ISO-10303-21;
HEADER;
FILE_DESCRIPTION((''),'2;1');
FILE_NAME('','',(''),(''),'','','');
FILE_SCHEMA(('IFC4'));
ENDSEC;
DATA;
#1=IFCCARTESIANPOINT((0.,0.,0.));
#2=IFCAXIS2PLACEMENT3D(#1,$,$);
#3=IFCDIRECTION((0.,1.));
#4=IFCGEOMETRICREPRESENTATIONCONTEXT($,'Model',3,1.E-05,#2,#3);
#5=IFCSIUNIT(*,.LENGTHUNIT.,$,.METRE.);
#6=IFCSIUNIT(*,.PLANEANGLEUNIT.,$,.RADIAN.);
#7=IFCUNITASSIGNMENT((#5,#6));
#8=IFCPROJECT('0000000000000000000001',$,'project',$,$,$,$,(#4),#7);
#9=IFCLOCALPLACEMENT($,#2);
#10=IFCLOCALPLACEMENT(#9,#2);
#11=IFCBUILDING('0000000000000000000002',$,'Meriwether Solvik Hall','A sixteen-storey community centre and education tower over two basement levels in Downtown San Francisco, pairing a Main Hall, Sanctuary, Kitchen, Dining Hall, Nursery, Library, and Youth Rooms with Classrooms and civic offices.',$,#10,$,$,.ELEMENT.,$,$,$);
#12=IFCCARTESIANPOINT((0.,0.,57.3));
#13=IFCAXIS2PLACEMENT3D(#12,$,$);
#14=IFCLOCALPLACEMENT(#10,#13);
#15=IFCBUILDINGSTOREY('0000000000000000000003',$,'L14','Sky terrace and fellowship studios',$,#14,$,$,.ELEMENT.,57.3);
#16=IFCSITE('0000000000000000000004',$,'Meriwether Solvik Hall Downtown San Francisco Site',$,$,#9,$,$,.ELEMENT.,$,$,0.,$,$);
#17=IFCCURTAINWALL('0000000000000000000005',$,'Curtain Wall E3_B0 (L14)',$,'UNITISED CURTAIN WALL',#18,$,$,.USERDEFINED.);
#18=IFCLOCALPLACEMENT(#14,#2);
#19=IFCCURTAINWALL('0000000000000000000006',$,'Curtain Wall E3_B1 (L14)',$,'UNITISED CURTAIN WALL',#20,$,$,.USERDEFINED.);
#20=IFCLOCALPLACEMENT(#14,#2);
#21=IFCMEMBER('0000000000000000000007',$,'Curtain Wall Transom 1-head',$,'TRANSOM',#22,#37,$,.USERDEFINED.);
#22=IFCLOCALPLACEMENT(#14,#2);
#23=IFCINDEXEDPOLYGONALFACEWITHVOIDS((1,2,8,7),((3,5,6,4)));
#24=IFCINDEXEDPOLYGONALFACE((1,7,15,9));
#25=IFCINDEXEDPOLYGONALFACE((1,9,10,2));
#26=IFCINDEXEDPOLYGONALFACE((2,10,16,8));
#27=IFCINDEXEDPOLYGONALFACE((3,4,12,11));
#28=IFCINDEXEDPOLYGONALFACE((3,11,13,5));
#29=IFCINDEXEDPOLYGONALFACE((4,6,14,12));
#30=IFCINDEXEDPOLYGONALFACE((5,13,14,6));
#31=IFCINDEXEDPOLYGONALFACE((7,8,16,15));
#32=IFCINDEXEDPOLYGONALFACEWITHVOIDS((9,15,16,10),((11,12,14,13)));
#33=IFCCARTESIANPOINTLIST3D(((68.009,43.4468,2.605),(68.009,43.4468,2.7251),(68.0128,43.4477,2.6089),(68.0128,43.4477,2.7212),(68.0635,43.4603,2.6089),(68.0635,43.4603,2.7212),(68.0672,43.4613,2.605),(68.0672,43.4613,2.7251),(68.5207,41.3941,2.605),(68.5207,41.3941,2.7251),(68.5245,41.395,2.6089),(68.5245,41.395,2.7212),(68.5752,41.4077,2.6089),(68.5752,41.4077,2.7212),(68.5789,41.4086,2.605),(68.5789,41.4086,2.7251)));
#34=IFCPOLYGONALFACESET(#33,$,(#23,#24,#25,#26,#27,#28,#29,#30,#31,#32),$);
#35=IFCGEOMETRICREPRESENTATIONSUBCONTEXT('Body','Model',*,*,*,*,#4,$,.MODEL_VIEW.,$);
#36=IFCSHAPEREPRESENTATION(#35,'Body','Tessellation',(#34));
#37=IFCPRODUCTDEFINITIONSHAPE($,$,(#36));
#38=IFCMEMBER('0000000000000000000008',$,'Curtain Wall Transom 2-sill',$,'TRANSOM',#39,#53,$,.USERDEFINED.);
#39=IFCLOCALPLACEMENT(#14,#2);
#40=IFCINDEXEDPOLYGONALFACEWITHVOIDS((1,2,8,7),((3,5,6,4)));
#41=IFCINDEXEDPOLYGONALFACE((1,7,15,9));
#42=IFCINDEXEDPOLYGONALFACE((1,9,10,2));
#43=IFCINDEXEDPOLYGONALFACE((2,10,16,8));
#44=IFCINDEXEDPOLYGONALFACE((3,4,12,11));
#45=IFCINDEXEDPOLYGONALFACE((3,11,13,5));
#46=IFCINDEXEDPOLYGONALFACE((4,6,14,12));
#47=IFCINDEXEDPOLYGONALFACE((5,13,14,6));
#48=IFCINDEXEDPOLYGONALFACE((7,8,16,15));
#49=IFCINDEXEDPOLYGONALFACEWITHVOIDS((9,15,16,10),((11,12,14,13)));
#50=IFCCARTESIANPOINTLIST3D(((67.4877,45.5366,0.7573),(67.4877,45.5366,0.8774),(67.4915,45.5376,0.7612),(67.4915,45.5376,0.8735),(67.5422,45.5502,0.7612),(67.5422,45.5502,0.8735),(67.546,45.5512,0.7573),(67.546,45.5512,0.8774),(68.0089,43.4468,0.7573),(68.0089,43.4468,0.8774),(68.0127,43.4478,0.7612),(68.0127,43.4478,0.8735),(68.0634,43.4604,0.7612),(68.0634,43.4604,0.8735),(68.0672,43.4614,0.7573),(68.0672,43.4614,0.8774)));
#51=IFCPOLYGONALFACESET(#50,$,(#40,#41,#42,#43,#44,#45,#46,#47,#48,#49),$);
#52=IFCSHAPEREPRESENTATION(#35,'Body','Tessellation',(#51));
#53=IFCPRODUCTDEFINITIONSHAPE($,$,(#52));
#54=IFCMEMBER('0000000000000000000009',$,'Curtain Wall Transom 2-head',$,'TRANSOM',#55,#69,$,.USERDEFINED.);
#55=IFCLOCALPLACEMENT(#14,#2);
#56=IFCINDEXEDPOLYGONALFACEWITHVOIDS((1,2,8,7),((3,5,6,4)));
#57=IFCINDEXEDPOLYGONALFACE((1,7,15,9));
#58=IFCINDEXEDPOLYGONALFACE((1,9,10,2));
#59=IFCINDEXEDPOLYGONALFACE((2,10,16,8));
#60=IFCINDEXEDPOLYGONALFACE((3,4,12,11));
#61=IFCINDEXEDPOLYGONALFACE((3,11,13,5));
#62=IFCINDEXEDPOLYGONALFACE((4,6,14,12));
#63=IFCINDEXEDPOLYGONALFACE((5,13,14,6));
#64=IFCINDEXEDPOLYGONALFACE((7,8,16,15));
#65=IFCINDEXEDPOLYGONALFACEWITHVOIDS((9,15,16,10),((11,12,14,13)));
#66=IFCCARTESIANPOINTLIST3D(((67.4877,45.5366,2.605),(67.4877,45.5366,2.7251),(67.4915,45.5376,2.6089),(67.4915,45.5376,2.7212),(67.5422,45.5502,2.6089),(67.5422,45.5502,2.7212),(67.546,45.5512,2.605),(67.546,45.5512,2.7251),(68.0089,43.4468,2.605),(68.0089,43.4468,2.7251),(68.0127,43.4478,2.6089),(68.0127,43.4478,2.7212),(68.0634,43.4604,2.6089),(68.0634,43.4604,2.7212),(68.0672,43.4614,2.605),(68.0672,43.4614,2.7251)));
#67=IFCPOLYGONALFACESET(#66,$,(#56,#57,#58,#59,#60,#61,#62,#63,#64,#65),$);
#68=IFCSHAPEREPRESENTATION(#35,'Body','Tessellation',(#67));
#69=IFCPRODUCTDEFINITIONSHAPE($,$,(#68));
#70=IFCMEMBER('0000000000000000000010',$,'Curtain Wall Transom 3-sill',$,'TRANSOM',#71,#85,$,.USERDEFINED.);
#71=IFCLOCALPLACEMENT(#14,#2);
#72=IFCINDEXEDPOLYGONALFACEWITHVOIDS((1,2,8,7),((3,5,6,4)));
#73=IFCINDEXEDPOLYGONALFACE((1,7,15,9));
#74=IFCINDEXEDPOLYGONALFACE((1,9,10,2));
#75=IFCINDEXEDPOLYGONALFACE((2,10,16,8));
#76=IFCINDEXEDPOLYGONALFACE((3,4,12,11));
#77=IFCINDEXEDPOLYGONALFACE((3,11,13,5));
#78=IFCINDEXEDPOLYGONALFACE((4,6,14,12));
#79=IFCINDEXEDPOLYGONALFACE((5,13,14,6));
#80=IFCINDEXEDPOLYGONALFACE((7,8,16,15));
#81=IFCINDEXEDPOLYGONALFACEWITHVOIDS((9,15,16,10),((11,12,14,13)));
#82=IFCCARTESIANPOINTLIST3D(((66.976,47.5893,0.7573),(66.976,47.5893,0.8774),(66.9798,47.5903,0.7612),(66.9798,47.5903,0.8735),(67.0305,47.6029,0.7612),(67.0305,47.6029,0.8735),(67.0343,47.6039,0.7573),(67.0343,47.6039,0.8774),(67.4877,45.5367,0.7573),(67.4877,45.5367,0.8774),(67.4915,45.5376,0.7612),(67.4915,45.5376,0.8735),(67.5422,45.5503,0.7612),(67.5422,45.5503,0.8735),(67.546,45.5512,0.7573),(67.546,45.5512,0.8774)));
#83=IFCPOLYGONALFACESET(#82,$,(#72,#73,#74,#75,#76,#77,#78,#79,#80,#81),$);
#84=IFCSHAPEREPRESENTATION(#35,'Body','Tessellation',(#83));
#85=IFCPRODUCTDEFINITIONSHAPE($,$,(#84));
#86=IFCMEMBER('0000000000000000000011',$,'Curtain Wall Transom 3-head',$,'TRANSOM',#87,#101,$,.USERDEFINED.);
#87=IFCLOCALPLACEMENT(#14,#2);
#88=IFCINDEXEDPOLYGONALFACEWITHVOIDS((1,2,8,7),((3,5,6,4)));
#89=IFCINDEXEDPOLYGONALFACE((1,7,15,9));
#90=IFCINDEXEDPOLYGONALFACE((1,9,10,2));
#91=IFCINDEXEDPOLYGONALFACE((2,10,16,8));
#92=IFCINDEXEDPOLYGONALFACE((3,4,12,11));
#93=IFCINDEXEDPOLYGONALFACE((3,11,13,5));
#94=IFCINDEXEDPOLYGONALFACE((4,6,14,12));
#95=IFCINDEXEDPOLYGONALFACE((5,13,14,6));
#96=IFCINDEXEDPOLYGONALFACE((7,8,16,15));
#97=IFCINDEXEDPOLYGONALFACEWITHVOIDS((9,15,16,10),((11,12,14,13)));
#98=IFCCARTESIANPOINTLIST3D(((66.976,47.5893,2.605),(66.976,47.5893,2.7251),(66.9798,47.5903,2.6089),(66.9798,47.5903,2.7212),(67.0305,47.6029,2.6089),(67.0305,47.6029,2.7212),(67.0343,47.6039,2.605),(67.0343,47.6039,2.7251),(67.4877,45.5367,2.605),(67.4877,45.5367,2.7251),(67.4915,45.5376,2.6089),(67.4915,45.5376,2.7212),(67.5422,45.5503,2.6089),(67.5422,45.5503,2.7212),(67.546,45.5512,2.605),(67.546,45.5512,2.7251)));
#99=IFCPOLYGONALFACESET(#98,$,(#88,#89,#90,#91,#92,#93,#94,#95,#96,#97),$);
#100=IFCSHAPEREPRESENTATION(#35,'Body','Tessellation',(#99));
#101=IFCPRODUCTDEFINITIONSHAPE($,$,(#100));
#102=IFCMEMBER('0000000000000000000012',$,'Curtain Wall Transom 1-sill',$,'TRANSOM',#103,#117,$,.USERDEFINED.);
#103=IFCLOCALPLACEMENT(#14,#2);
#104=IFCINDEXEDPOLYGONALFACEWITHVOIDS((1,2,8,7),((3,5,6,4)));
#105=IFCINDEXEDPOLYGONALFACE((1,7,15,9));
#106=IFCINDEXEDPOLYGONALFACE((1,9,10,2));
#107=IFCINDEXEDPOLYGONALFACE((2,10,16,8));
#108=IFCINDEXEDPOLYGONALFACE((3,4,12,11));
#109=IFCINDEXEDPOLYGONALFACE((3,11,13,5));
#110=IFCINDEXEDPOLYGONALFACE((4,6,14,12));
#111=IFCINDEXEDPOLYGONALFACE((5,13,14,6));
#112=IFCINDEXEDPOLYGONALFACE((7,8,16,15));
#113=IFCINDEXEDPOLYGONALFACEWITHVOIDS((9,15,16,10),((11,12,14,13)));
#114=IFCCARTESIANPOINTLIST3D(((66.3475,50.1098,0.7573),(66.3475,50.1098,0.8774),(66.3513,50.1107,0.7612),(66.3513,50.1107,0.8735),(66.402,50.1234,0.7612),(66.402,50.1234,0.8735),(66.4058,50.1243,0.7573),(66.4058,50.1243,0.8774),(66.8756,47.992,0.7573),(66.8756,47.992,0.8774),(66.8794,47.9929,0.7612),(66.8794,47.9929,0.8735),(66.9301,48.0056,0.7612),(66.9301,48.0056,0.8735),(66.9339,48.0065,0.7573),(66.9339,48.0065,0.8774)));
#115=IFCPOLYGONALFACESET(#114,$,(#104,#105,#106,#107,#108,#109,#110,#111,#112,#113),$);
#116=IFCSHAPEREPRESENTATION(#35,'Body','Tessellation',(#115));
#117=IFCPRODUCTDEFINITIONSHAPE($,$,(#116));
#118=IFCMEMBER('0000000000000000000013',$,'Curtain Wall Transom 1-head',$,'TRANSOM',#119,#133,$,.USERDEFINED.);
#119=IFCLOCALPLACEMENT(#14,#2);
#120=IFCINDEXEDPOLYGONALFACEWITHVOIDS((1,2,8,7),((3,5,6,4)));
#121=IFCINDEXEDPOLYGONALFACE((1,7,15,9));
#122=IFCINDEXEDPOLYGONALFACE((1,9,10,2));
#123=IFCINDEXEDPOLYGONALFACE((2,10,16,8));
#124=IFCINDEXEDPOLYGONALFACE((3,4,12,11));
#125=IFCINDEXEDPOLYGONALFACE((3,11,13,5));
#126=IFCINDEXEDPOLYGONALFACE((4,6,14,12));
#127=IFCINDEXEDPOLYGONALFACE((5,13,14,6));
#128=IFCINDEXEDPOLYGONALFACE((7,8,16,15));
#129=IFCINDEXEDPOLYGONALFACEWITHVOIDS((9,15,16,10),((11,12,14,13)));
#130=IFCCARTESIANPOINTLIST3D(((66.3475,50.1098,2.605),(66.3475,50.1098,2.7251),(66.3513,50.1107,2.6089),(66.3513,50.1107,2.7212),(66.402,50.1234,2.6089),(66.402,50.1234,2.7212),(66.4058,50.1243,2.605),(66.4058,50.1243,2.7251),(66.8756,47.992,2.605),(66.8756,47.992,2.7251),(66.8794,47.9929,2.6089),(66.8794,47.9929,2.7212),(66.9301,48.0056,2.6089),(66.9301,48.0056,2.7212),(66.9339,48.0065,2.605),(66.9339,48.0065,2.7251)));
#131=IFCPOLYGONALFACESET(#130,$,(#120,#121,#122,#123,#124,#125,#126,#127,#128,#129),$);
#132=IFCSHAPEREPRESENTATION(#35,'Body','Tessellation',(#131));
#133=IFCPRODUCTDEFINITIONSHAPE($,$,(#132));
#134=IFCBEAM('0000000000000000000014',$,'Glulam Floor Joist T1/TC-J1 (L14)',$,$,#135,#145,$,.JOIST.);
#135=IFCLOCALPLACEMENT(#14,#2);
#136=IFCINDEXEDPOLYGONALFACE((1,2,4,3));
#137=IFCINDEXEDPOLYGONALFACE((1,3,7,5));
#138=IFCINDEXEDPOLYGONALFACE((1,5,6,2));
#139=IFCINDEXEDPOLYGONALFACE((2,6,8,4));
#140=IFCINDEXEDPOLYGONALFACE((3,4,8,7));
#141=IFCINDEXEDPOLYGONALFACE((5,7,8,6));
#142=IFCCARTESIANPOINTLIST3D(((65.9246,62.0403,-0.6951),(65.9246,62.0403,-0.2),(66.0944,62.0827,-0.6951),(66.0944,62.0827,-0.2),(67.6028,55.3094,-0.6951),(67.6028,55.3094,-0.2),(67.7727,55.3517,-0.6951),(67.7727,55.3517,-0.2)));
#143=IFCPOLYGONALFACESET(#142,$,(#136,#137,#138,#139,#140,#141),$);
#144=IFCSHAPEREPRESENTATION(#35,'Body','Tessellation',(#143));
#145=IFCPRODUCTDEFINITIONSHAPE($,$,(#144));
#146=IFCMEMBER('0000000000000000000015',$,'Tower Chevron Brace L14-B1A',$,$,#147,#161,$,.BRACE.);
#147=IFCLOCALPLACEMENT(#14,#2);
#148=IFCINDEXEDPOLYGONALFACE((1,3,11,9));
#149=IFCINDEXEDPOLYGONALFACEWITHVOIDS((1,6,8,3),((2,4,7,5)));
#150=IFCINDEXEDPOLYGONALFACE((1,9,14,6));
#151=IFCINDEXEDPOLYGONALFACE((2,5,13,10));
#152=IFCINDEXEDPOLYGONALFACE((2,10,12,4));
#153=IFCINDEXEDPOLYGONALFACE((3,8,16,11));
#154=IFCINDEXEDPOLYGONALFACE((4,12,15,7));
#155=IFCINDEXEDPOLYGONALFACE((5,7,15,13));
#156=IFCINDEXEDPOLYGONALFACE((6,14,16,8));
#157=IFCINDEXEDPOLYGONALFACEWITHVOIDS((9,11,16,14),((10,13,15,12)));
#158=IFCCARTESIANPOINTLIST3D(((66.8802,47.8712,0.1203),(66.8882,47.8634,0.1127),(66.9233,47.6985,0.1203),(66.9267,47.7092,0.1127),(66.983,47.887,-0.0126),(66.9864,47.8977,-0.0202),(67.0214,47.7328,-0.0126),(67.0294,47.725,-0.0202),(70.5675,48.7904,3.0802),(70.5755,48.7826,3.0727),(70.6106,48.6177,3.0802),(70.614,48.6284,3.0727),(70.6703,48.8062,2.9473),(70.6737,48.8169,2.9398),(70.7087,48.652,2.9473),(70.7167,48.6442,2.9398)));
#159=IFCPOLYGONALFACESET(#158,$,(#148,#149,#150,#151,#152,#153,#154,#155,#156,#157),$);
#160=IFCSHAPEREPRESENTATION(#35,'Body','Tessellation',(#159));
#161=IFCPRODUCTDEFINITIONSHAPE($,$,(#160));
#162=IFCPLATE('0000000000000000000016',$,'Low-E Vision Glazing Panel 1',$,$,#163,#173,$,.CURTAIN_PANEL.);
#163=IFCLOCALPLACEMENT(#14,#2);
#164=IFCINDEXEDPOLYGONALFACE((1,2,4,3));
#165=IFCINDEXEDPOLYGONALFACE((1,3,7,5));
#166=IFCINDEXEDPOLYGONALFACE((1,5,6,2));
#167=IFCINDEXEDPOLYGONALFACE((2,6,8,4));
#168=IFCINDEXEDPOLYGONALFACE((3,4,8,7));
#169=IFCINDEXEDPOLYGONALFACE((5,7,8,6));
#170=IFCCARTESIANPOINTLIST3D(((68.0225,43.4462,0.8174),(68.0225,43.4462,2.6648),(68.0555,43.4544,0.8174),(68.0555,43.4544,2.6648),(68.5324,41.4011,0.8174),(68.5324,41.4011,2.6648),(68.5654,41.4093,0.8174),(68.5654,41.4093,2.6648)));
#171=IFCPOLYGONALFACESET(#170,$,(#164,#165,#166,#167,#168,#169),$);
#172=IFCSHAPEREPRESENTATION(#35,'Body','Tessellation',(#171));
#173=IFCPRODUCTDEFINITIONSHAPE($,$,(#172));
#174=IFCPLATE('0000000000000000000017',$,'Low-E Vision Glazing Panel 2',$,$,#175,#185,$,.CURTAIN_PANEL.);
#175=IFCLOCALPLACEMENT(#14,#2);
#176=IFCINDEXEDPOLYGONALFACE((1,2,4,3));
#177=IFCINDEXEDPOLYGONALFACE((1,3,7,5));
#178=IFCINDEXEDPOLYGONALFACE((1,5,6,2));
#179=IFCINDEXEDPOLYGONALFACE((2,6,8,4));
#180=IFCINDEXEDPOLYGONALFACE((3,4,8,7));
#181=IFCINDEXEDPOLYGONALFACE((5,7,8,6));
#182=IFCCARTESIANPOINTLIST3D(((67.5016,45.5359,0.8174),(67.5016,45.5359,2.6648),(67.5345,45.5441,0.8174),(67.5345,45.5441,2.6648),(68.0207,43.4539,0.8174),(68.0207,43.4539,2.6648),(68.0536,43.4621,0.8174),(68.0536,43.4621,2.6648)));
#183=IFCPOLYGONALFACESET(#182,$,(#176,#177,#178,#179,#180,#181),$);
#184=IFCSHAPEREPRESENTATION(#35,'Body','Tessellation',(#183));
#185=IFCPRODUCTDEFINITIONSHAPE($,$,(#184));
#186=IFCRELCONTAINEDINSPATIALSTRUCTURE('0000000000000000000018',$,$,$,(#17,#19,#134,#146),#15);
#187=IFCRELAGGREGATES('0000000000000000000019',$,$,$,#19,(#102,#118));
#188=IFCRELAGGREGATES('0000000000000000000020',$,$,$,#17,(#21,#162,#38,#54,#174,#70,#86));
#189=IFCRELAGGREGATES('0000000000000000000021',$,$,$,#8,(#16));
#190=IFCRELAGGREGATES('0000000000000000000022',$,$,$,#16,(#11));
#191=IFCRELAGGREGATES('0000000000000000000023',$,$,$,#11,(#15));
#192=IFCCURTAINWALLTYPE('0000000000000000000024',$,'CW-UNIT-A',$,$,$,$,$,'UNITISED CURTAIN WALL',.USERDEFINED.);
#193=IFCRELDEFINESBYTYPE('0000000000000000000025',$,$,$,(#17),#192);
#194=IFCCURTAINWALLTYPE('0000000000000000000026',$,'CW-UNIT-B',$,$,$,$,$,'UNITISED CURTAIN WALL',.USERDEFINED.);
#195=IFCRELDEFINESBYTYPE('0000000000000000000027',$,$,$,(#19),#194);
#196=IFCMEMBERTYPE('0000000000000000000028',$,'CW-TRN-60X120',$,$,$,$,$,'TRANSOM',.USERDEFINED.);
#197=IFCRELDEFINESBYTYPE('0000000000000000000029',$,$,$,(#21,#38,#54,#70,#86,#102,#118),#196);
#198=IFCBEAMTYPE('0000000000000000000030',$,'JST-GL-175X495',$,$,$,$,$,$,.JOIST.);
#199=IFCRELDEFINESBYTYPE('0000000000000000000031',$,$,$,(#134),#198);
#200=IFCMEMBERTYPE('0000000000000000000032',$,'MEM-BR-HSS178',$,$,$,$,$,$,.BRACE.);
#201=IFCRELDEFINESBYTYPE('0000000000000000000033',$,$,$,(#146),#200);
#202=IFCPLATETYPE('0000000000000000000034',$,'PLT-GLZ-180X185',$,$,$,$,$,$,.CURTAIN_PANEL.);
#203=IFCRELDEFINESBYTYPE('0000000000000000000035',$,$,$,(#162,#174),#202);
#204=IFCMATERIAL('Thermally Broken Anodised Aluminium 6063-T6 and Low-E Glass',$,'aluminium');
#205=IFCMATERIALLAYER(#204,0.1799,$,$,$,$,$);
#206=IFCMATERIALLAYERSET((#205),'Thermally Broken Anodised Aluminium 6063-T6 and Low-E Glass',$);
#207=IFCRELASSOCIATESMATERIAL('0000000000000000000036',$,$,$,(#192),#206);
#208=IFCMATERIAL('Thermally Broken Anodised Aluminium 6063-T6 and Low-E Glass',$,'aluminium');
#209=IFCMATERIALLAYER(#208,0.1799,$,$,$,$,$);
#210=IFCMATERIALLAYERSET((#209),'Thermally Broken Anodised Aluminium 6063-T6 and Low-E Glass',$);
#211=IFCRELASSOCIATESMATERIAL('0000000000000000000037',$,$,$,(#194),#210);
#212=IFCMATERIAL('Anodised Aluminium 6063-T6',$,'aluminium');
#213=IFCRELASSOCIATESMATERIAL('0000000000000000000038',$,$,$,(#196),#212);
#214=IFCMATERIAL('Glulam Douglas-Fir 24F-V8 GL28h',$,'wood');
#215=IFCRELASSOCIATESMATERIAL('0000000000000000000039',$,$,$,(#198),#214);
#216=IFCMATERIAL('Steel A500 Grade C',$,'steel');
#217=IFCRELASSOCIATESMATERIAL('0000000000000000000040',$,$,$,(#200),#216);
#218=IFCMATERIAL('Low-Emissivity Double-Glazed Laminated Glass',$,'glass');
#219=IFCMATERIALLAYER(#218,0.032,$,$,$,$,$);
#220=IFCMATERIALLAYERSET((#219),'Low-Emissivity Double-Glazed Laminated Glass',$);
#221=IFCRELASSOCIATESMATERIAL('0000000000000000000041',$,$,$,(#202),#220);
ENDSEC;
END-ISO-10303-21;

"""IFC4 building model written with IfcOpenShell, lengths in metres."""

from ifc_helpers import new_model, si_unit, direction, frame, origin, origin_2d, place, context, subcontext, project, spatial, rectangle, hollow_rectangle, extrude, material, layer, layer_set, material_profile, profile_set, type_object, element, aggregate, save


model = new_model("IFC4")

# Units and contexts
model_context = context("Model", 3, precision=1e-05, world=origin(), true_north=direction((0.0, 1.0)))
body_context = subcontext(model_context, "Body", "Model", "MODEL_VIEW")
ifc_project = project(units=[si_unit("LENGTHUNIT", "METRE"), si_unit("PLANEANGLEUNIT", "RADIAN")], contexts=[model_context])

# Site, building, storey
site_placement = place(None, origin())
site = spatial("IfcSite", under=ifc_project, at=site_placement, Name="Meriwether Solvik Hall Downtown San Francisco Site", CompositionType="ELEMENT", RefElevation=0.0)
building_placement = place(site_placement, origin())
building = spatial("IfcBuilding", under=site, at=building_placement, Name="Meriwether Solvik Hall", Description="A sixteen-storey community centre and education tower over two basement levels in Downtown San Francisco, pairing a Main Hall, Sanctuary, Kitchen, Dining Hall, Nursery, Library, and Youth Rooms with Classrooms and civic offices.", CompositionType="ELEMENT")
storey_placement = place(building_placement, frame((0.0, 0.0, 57.3)))
storey = spatial("IfcBuildingStorey", under=building, at=storey_placement, Name="L14", Description="Sky terrace and fellowship studios", CompositionType="ELEMENT", Elevation=57.3)

# Curtain wall
ifc_material_1 = material(Name="Thermally Broken Anodised Aluminium 6063-T6 and Low-E Glass", Category="aluminium")
ifc_layer_1 = layer(ifc_material_1, 0.1799)
ifc_layer_set_1 = layer_set([ifc_layer_1], Name="Thermally Broken Anodised Aluminium 6063-T6 and Low-E Glass")
curtain_wall_type_1 = type_object("IfcCurtainWallType", Name="CW-UNIT-A", ElementType="UNITISED CURTAIN WALL", PredefinedType="USERDEFINED", material=ifc_layer_set_1)
curtain_wall_1_placement = place(storey_placement, origin())
curtain_wall_1 = element("IfcCurtainWall", 1, at=curtain_wall_1_placement, inside=storey, type_object=curtain_wall_type_1, Name="Curtain Wall E3_B0 (L14)", ObjectType="UNITISED CURTAIN WALL", PredefinedType="USERDEFINED")

# Curtain wall
ifc_material_2 = material(Name="Thermally Broken Anodised Aluminium 6063-T6 and Low-E Glass", Category="aluminium")
ifc_layer_2 = layer(ifc_material_2, 0.1799)
ifc_layer_set_2 = layer_set([ifc_layer_2], Name="Thermally Broken Anodised Aluminium 6063-T6 and Low-E Glass")
curtain_wall_type_2 = type_object("IfcCurtainWallType", Name="CW-UNIT-B", ElementType="UNITISED CURTAIN WALL", PredefinedType="USERDEFINED", material=ifc_layer_set_2)
curtain_wall_2_placement = place(storey_placement, origin())
curtain_wall_2 = element("IfcCurtainWall", 2, at=curtain_wall_2_placement, inside=storey, type_object=curtain_wall_type_2, Name="Curtain Wall E3_B1 (L14)", ObjectType="UNITISED CURTAIN WALL", PredefinedType="USERDEFINED")

# Members
ifc_material_3 = material(Name="Anodised Aluminium 6063-T6", Category="aluminium")
ifc_material_profile_1 = material_profile(ifc_material_3, hollow_rectangle(XDim=0.0601, YDim=0.1201, WallThickness=0.0039, at=origin_2d()), Name="CWT-60X120")
ifc_profile_set_1 = profile_set([ifc_material_profile_1], Name="Anodised Aluminium 6063-T6")
member_type_1 = type_object("IfcMemberType", Name="CW-TRN-60X120", ElementType="TRANSOM", PredefinedType="USERDEFINED", material=ifc_profile_set_1)
member_1_placement = place(storey_placement, frame((68.5498, 41.4014, 2.665), z_axis=(-0.241884, 0.970305, 0.0), x_axis=(-0.970305, -0.241884, 0.0)))
member_1 = element("IfcMember", 3, at=member_1_placement, type_object=member_type_1, Name="Curtain Wall Transom 1-head", ObjectType="TRANSOM", PredefinedType="USERDEFINED", context=body_context, shape_type="SweptSolid", body=[
    extrude(hollow_rectangle(XDim=0.0601, YDim=0.1201, WallThickness=0.0039, at=origin_2d()), origin(), (0.0, 0.0, 1.0), 2.1155),
])
member_2_placement = place(storey_placement, frame((68.0381, 43.4541, 0.8174), z_axis=(-0.242002, 0.970276, 0.0), x_axis=(-0.970276, -0.242002, 0.0)))
member_2 = element("IfcMember", 4, at=member_2_placement, type_object=member_type_1, Name="Curtain Wall Transom 2-sill", ObjectType="TRANSOM", PredefinedType="USERDEFINED", context=body_context, shape_type="SweptSolid", body=[
    extrude(hollow_rectangle(XDim=0.0601, YDim=0.1201, WallThickness=0.0039, at=origin_2d()), origin(), (0.0, 0.0, 1.0), 2.1538),
])
member_3_placement = place(storey_placement, frame((68.0381, 43.4541, 2.665), z_axis=(-0.242002, 0.970276, 0.0), x_axis=(-0.970276, -0.242002, 0.0)))
member_3 = element("IfcMember", 5, at=member_3_placement, type_object=member_type_1, Name="Curtain Wall Transom 2-head", ObjectType="TRANSOM", PredefinedType="USERDEFINED", context=body_context, shape_type="SweptSolid", body=[
    extrude(hollow_rectangle(XDim=0.0601, YDim=0.1201, WallThickness=0.0039, at=origin_2d()), origin(), (0.0, 0.0, 1.0), 2.1538),
])
member_4_placement = place(storey_placement, frame((67.5168, 45.5439, 0.8174), z_axis=(-0.241884, 0.970305, 0.0), x_axis=(-0.970305, -0.241884, 0.0)))
member_4 = element("IfcMember", 6, at=member_4_placement, type_object=member_type_1, Name="Curtain Wall Transom 3-sill", ObjectType="TRANSOM", PredefinedType="USERDEFINED", context=body_context, shape_type="SweptSolid", body=[
    extrude(hollow_rectangle(XDim=0.0601, YDim=0.1201, WallThickness=0.0039, at=origin_2d()), origin(), (0.0, 0.0, 1.0), 2.1155),
])
member_5_placement = place(storey_placement, frame((67.5168, 45.5439, 2.665), z_axis=(-0.241884, 0.970305, 0.0), x_axis=(-0.970305, -0.241884, 0.0)))
member_5 = element("IfcMember", 7, at=member_5_placement, type_object=member_type_1, Name="Curtain Wall Transom 3-head", ObjectType="TRANSOM", PredefinedType="USERDEFINED", context=body_context, shape_type="SweptSolid", body=[
    extrude(hollow_rectangle(XDim=0.0601, YDim=0.1201, WallThickness=0.0039, at=origin_2d()), origin(), (0.0, 0.0, 1.0), 2.1155),
])
member_6_placement = place(storey_placement, frame((66.9048, 47.9993, 0.8174), z_axis=(-0.241957, 0.970287, 0.0), x_axis=(-0.970287, -0.241957, 0.0)))
member_6 = element("IfcMember", 8, at=member_6_placement, type_object=member_type_1, Name="Curtain Wall Transom 1-sill", ObjectType="TRANSOM", PredefinedType="USERDEFINED", context=body_context, shape_type="SweptSolid", body=[
    extrude(hollow_rectangle(XDim=0.0601, YDim=0.1201, WallThickness=0.0039, at=origin_2d()), origin(), (0.0, 0.0, 1.0), 2.1826),
])
member_7_placement = place(storey_placement, frame((66.9048, 47.9993, 2.665), z_axis=(-0.241957, 0.970287, 0.0), x_axis=(-0.970287, -0.241957, 0.0)))
member_7 = element("IfcMember", 9, at=member_7_placement, type_object=member_type_1, Name="Curtain Wall Transom 1-head", ObjectType="TRANSOM", PredefinedType="USERDEFINED", context=body_context, shape_type="SweptSolid", body=[
    extrude(hollow_rectangle(XDim=0.0601, YDim=0.1201, WallThickness=0.0039, at=origin_2d()), origin(), (0.0, 0.0, 1.0), 2.1826),
])

# Beam
ifc_material_4 = material(Name="Glulam Douglas-Fir 24F-V8 GL28h", Category="wood")
ifc_material_profile_2 = material_profile(ifc_material_4, rectangle(XDim=0.175, YDim=0.4951, at=origin_2d()), Name="GLJ-175X495")
ifc_profile_set_2 = profile_set([ifc_material_profile_2], Name="Glulam Douglas-Fir 24F-V8 GL28h")
beam_type_1 = type_object("IfcBeamType", Name="JST-GL-175X495", PredefinedType="JOIST", material=ifc_profile_set_2)
beam_1_placement = place(storey_placement, frame((67.6877, 55.3306, -0.4475), z_axis=(-0.241923, 0.970296, 0.0), x_axis=(-0.970296, -0.241923, 0.0)))
element("IfcBeam", 10, at=beam_1_placement, inside=storey, type_object=beam_type_1, Name="Glulam Floor Joist T1/TC-J1 (L14)", PredefinedType="JOIST", context=body_context, shape_type="SweptSolid", body=[
    extrude(rectangle(XDim=0.175, YDim=0.4951, at=origin_2d()), origin(), (0.0, 0.0, 1.0), 6.937),
])

# Member
ifc_material_5 = material(Name="Steel A500 Grade C", Category="steel")
ifc_material_profile_3 = material_profile(ifc_material_5, hollow_rectangle(XDim=0.178, YDim=0.178, WallThickness=0.0095, at=origin_2d()), Name="HSS178X178X9.5")
ifc_profile_set_3 = profile_set([ifc_material_profile_3], Name="Steel A500 Grade C")
member_type_2 = type_object("IfcMemberType", Name="MEM-BR-HSS178", PredefinedType="BRACE", material=ifc_profile_set_3)
member_8_placement = place(storey_placement, frame((66.9548, 47.7981, 0.05), z_axis=(0.76549, 0.190828, 0.6145), x_axis=(-0.241886, 0.970305, 0.0)))
element("IfcMember", 11, at=member_8_placement, inside=storey, type_object=member_type_2, Name="Tower Chevron Brace L14-B1A", PredefinedType="BRACE", context=body_context, shape_type="SweptSolid", body=[
    extrude(hollow_rectangle(XDim=0.178, YDim=0.178, WallThickness=0.0095, at=origin_2d()), origin(), (0.0, 0.0, 1.0), 4.8169),
])

# Plates
ifc_material_6 = material(Name="Low-Emissivity Double-Glazed Laminated Glass", Category="glass")
ifc_layer_3 = layer(ifc_material_6, 0.032)
ifc_layer_set_3 = layer_set([ifc_layer_3], Name="Low-Emissivity Double-Glazed Laminated Glass")
plate_type_1 = type_object("IfcPlateType", Name="PLT-GLZ-180X185", PredefinedType="CURTAIN_PANEL", material=ifc_layer_set_3)
plate_1_placement = place(storey_placement, frame((68.2939, 42.4277, 0.8174), z_axis=(0.0, 0.0, 1.0), x_axis=(-0.241922, 0.970296, 0.0)))
plate_1 = element("IfcPlate", 12, at=plate_1_placement, type_object=plate_type_1, Name="Low-E Vision Glazing Panel 1", PredefinedType="CURTAIN_PANEL", context=body_context, shape_type="SweptSolid", body=[
    extrude(rectangle(XDim=2.1077, YDim=0.0339, at=origin_2d()), origin(), (0.0, 0.0, 1.0), 1.8474),
])
plate_2_placement = place(storey_placement, frame((67.7776, 44.499, 0.8174), z_axis=(0.0, 0.0, 1.0), x_axis=(-0.241922, 0.970296, 0.0)))
plate_2 = element("IfcPlate", 13, at=plate_2_placement, type_object=plate_type_1, Name="Low-E Vision Glazing Panel 2", PredefinedType="CURTAIN_PANEL", context=body_context, shape_type="SweptSolid", body=[
    extrude(rectangle(XDim=2.1458, YDim=0.0339, at=origin_2d()), origin(), (0.0, 0.0, 1.0), 1.8474),
])
aggregate(curtain_wall_2, [member_6, member_7])
aggregate(curtain_wall_1, [member_1, plate_1, member_2, member_3, plate_2, member_4, member_5])

save(model, "model.ifc")
